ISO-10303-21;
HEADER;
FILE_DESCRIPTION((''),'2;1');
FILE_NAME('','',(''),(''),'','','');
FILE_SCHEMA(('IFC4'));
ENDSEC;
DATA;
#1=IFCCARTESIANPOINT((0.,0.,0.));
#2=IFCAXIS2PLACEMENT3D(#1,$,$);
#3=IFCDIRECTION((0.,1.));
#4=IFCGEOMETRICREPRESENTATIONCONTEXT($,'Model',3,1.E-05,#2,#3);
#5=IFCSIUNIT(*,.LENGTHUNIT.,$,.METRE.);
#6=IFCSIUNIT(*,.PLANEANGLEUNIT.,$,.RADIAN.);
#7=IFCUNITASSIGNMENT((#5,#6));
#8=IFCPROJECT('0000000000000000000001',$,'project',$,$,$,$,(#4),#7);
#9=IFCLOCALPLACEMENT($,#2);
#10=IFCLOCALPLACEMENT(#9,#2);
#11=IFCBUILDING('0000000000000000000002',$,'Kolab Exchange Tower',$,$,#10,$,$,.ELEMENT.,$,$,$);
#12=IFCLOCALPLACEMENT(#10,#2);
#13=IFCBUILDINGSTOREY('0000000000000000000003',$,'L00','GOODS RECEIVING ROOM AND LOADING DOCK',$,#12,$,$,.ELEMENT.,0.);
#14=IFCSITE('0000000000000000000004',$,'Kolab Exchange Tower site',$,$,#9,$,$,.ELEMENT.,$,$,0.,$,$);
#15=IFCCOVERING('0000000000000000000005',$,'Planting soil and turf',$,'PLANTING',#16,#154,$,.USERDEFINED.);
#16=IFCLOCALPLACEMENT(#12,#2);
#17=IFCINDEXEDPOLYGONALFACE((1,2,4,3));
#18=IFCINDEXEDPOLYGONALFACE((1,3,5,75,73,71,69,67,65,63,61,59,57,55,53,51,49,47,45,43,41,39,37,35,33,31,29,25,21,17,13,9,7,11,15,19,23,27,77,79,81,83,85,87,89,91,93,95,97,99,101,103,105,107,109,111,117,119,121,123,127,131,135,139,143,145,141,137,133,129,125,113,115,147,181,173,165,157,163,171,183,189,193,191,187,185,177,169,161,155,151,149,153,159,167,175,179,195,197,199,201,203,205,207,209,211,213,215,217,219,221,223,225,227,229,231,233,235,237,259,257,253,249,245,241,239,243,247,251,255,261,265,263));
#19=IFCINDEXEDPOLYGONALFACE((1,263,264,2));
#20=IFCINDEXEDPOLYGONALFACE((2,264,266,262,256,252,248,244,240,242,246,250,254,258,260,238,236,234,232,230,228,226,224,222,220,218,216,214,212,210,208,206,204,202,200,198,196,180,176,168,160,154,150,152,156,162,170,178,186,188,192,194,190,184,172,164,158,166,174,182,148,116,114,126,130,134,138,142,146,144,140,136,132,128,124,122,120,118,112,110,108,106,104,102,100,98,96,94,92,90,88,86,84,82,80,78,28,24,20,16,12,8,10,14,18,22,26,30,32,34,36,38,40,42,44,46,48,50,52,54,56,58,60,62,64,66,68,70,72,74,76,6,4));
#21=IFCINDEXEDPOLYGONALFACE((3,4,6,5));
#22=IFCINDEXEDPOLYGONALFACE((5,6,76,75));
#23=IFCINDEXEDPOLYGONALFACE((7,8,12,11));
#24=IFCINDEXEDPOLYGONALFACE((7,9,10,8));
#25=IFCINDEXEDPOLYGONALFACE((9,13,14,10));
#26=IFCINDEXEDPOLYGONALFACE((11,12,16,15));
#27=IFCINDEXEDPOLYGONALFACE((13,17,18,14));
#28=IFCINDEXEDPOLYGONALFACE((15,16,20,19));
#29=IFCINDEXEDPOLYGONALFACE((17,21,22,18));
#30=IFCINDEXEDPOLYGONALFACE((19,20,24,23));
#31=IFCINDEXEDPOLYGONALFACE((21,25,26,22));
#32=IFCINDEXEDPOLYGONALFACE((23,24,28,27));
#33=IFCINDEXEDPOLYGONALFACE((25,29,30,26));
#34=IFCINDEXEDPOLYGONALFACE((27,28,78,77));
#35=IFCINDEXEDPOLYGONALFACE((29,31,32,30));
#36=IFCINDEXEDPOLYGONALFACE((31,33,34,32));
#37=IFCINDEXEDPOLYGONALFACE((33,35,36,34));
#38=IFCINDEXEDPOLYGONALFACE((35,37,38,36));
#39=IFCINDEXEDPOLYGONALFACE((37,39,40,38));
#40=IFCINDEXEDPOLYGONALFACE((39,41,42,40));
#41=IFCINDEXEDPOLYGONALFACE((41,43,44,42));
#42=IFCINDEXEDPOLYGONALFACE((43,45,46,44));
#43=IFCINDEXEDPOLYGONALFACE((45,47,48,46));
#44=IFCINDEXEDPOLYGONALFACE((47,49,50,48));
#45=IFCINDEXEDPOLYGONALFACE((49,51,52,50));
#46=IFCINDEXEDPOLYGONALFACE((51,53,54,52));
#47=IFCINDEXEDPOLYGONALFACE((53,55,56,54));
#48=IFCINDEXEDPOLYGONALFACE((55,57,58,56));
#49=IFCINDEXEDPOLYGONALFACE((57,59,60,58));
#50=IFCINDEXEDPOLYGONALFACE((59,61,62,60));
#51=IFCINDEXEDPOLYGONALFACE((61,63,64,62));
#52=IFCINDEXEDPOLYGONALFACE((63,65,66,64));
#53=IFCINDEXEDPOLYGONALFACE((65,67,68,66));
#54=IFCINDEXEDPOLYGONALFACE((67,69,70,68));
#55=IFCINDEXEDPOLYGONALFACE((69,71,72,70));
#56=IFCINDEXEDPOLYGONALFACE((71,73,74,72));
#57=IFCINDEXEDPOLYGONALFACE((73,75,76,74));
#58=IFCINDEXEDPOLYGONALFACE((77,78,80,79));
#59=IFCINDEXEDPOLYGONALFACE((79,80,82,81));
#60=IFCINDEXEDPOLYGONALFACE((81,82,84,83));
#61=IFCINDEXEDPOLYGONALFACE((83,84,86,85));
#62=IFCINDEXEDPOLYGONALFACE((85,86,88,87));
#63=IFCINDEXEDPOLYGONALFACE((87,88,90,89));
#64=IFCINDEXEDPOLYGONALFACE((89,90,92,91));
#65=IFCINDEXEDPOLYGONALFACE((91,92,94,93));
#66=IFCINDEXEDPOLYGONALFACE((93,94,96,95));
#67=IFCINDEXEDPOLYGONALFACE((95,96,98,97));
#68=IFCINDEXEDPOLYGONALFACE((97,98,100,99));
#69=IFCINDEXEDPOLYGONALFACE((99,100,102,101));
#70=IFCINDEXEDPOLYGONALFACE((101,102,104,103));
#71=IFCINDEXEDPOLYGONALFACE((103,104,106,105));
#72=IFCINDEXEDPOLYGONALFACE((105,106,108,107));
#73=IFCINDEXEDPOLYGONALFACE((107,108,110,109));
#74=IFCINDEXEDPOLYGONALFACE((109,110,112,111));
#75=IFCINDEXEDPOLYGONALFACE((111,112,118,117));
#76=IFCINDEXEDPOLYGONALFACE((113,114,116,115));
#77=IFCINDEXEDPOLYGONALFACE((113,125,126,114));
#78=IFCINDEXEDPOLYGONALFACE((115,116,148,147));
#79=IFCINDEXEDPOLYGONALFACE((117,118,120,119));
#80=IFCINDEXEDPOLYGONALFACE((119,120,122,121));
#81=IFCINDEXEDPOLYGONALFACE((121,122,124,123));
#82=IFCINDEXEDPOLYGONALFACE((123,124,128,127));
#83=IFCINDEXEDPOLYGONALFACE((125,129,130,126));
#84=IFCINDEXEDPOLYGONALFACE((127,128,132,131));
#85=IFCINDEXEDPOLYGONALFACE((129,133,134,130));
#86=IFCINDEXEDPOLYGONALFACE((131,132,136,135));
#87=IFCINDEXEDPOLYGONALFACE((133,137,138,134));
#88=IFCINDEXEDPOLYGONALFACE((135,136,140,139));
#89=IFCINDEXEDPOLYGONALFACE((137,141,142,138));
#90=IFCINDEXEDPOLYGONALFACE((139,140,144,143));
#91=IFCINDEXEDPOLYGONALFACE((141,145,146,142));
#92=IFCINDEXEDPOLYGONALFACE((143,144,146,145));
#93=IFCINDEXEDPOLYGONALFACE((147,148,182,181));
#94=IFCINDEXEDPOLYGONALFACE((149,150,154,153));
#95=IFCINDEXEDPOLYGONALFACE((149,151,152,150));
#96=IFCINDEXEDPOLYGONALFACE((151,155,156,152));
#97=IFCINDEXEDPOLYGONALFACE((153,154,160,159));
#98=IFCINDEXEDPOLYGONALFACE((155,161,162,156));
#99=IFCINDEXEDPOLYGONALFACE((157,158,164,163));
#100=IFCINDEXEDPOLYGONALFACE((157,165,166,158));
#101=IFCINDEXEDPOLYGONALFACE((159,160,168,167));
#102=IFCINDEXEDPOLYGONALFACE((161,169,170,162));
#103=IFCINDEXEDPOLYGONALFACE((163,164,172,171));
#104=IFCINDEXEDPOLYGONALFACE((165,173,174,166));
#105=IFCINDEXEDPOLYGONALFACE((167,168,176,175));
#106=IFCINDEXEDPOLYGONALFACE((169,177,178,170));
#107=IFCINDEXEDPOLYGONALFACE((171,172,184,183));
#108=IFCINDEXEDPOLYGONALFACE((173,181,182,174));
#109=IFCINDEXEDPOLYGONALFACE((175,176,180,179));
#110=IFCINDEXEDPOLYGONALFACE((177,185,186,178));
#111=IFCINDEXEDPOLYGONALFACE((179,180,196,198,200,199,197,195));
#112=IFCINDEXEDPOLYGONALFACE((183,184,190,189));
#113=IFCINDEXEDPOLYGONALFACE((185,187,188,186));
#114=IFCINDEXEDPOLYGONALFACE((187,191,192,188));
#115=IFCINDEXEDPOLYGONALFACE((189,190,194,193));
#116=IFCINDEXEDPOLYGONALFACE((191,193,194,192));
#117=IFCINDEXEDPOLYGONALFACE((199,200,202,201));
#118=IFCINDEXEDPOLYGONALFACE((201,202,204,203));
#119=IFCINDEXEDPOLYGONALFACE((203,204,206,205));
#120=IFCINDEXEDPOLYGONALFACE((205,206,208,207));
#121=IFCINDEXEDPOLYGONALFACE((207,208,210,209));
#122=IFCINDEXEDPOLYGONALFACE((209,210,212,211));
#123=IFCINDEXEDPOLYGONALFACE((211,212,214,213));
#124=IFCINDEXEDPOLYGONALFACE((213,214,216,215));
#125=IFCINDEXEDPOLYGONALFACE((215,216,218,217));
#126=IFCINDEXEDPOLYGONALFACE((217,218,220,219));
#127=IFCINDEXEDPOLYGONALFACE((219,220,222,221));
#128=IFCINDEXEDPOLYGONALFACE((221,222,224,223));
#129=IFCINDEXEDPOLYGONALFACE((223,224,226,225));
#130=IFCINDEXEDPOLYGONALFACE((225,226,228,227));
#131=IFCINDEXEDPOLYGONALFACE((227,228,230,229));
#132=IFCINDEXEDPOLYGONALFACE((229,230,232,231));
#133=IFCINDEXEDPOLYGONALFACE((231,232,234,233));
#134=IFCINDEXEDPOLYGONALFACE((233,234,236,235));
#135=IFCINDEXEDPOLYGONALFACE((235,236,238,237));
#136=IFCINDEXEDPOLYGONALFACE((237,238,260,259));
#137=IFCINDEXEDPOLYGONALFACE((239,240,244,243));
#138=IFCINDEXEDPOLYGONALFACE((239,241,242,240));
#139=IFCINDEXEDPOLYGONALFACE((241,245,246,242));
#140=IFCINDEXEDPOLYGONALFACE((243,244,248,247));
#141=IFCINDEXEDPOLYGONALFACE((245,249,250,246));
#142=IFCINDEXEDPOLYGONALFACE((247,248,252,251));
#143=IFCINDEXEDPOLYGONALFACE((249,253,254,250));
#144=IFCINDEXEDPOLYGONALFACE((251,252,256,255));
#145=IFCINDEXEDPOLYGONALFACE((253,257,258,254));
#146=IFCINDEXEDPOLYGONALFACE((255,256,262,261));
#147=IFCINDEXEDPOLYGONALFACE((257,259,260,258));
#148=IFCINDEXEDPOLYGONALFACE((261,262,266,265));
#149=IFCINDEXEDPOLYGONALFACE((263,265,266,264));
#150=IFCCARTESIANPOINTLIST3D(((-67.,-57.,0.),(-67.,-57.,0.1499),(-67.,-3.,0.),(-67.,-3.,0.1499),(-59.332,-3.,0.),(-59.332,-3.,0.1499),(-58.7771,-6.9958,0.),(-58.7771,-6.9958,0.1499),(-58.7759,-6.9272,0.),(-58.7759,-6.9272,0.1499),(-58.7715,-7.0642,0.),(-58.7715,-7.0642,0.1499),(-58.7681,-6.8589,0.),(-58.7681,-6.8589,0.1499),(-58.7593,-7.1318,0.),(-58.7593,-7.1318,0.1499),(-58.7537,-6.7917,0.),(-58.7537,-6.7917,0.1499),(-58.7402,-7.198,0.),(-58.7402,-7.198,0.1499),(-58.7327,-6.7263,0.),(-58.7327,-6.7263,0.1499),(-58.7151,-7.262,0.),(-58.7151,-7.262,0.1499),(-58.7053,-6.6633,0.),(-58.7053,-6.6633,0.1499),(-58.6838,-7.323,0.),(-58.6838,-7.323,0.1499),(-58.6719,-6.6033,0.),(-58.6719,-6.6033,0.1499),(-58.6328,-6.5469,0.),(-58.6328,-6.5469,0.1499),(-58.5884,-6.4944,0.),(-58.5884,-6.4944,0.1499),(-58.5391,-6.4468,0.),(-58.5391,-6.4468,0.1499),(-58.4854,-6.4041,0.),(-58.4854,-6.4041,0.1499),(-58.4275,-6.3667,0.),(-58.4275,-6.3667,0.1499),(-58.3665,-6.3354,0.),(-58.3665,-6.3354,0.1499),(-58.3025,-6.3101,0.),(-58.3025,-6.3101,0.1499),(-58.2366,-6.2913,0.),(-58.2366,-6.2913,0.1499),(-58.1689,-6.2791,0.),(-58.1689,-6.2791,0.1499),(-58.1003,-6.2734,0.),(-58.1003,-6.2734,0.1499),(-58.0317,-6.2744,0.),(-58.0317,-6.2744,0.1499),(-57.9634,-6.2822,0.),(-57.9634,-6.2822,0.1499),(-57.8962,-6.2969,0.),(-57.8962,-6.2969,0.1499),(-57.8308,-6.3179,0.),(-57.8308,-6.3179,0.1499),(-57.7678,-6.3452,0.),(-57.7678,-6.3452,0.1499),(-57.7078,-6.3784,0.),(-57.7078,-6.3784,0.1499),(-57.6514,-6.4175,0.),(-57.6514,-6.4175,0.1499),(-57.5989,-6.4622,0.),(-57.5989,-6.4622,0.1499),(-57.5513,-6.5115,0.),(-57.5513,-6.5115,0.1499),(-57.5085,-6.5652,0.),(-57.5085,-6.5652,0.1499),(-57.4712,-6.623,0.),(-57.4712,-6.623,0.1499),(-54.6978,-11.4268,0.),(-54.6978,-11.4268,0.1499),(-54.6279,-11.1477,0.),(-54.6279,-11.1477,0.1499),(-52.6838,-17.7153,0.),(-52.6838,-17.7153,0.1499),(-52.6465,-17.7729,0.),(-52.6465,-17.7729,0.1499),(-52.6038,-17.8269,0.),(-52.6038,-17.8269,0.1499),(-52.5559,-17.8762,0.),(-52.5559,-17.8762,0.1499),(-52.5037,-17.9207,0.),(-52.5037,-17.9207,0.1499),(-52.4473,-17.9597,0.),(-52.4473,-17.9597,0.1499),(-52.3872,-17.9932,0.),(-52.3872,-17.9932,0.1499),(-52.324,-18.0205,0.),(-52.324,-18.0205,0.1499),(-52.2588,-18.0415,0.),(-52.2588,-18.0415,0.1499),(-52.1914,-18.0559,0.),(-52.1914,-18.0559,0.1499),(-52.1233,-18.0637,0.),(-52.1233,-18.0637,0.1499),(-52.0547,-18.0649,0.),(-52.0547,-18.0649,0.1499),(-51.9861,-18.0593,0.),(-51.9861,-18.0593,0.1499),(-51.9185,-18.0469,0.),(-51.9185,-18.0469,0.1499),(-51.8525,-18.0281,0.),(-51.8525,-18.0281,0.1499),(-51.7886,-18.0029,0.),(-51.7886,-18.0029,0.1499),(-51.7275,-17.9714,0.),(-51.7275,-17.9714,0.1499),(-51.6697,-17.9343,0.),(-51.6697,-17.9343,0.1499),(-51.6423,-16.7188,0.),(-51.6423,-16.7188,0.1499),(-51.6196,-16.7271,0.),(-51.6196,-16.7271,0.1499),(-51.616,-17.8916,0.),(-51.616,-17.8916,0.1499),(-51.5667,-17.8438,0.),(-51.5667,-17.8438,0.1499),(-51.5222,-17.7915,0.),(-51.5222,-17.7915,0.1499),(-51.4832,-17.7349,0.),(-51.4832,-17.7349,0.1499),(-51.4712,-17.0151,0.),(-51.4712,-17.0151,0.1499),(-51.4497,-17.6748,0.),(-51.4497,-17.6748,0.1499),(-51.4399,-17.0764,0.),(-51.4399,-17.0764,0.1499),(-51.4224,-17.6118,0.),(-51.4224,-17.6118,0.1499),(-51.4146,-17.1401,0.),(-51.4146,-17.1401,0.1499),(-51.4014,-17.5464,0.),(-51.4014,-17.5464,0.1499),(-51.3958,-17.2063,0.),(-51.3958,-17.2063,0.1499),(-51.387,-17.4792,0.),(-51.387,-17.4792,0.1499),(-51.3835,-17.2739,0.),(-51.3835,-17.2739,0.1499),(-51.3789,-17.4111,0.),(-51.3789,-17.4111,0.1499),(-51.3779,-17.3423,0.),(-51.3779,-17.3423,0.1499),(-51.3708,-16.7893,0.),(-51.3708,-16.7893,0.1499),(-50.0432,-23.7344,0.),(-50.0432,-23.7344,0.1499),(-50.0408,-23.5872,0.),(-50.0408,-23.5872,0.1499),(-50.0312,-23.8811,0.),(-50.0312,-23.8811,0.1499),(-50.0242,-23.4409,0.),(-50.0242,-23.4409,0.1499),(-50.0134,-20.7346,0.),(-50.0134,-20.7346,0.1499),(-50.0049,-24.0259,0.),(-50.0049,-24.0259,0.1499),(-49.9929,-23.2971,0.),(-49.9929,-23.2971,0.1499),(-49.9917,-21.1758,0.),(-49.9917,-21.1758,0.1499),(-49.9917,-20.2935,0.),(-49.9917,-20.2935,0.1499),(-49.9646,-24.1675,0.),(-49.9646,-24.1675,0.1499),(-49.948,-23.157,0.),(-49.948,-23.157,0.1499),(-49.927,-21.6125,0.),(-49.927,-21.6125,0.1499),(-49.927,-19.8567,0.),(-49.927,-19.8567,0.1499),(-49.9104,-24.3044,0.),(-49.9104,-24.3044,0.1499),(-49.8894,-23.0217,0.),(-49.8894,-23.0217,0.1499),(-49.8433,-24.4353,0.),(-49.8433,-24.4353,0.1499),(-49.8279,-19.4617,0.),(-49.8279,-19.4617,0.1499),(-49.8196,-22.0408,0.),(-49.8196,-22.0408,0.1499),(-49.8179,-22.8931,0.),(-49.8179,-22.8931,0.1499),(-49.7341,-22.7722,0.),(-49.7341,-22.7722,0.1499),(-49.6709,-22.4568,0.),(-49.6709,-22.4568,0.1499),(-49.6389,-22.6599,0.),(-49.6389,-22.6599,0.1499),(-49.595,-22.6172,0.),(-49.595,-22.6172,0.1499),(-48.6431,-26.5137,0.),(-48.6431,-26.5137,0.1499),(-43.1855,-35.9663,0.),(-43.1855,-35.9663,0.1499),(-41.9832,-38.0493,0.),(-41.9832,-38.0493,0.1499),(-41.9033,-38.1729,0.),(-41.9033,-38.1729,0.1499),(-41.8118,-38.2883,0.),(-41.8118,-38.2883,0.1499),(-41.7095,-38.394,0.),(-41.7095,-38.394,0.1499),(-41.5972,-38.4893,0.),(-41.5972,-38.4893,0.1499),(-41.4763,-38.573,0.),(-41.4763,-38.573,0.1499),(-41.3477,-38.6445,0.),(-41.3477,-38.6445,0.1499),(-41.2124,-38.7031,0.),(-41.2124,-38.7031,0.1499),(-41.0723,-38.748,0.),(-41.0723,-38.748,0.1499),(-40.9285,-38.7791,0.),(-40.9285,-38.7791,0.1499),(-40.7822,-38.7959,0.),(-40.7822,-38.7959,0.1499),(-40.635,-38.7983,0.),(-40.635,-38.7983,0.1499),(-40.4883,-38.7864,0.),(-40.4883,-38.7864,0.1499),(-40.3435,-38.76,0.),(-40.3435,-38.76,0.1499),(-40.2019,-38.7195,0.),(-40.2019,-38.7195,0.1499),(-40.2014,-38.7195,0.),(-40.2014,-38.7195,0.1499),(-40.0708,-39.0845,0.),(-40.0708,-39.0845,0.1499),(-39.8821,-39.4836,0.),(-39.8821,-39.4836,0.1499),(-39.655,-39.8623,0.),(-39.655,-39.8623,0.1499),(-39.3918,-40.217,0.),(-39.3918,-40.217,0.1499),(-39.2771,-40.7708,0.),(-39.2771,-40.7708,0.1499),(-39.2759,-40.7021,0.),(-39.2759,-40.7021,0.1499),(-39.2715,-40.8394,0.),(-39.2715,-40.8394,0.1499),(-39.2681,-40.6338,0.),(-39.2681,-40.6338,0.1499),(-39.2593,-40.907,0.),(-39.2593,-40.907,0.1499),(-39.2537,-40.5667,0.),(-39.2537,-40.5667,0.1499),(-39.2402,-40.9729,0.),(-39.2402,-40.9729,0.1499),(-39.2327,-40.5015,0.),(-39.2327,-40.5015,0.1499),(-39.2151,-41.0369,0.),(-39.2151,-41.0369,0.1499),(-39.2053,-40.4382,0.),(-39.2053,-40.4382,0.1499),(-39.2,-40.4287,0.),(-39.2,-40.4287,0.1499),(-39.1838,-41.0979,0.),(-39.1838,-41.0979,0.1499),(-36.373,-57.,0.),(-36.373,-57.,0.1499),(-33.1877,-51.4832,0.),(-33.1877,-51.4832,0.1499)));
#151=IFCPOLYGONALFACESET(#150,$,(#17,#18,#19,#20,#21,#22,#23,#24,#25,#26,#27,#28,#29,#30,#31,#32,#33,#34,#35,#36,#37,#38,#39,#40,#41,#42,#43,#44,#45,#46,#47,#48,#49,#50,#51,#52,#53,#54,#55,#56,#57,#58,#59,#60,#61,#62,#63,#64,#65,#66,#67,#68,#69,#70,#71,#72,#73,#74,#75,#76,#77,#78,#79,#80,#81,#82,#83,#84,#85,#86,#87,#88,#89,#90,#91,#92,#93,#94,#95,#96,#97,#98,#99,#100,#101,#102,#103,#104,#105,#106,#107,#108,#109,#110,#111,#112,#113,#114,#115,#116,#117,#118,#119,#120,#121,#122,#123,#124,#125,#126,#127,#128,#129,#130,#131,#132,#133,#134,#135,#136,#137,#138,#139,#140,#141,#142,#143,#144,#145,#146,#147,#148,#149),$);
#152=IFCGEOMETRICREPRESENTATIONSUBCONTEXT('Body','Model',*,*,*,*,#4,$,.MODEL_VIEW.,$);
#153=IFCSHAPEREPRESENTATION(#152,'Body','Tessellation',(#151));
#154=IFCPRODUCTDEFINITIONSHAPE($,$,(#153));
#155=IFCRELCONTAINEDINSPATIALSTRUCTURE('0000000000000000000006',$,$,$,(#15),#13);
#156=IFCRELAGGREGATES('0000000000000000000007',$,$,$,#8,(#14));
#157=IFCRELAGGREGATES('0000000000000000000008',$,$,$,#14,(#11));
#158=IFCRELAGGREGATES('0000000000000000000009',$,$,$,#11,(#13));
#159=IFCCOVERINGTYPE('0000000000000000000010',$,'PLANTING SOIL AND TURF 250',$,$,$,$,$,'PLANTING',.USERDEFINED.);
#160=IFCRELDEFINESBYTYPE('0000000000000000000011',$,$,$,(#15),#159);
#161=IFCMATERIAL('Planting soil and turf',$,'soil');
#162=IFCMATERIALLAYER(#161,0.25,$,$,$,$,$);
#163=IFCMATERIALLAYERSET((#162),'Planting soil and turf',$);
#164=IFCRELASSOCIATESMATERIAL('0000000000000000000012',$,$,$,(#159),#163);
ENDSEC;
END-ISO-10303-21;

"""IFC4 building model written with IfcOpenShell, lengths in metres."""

from ifc_helpers import new_model, si_unit, direction, origin, place, context, subcontext, project, spatial, polyline, outline, extrude, material, layer, layer_set, type_object, element, save


model = new_model("IFC4")

# Units and contexts
model_context = context("Model", 3, precision=1e-05, world=origin(), true_north=direction((0.0, 1.0)))
body_context = subcontext(model_context, "Body", "Model", "MODEL_VIEW")
ifc_project = project(units=[si_unit("LENGTHUNIT", "METRE"), si_unit("PLANEANGLEUNIT", "RADIAN")], contexts=[model_context])

# Site, building, storey
site_placement = place(None, origin())
site = spatial("IfcSite", under=ifc_project, at=site_placement, Name="Kolab Exchange Tower site", CompositionType="ELEMENT", RefElevation=0.0)
building_placement = place(site_placement, origin())
building = spatial("IfcBuilding", under=site, at=building_placement, Name="Kolab Exchange Tower", CompositionType="ELEMENT")
storey_placement = place(building_placement, origin())
storey = spatial("IfcBuildingStorey", under=building, at=storey_placement, Name="L00", Description="GOODS RECEIVING ROOM AND LOADING DOCK", CompositionType="ELEMENT", Elevation=0.0)

# Covering
ifc_material_1 = material(Name="Planting soil and turf", Category="soil")
ifc_layer_1 = layer(ifc_material_1, 0.25)
ifc_layer_set_1 = layer_set([ifc_layer_1], Name="Planting soil and turf")
covering_type_1 = type_object("IfcCoveringType", Name="PLANTING SOIL AND TURF 250", ElementType="PLANTING", PredefinedType="USERDEFINED", material=ifc_layer_set_1)
covering_1_placement = place(storey_placement, origin())
element("IfcCovering", 1, at=covering_1_placement, inside=storey, type_object=covering_type_1, Name="Planting soil and turf", ObjectType="PLANTING", PredefinedType="USERDEFINED", context=body_context, shape_type="SweptSolid", body=[
    extrude(outline(polyline([(-67.0, -3.0), (-59.332, -3.0), (-54.6279, -11.1477), (-54.6978, -11.4268), (-57.4712, -6.623), (-57.5085, -6.5652), (-57.5513, -6.5115), (-57.5989, -6.4622), (-57.6514, -6.4175), (-57.7078, -6.3784), (-57.7678, -6.3452), (-57.8308, -6.3179), (-57.8962, -6.2969), (-57.9634, -6.2822), (-58.0317, -6.2744), (-58.1003, -6.2734), (-58.1689, -6.2791), (-58.2366, -6.2913), (-58.3025, -6.3101), (-58.3665, -6.3354), (-58.4275, -6.3667), (-58.4854, -6.4041), (-58.5391, -6.4468), (-58.5884, -6.4944), (-58.6328, -6.5469), (-58.6719, -6.6033), (-58.7053, -6.6633), (-58.7327, -6.7263), (-58.7537, -6.7917), (-58.7681, -6.8589), (-58.7759, -6.9272), (-58.7771, -6.9958), (-58.7715, -7.0642), (-58.7593, -7.1318), (-58.7402, -7.198), (-58.7151, -7.262), (-58.6838, -7.323), (-52.6838, -17.7153), (-52.6465, -17.7729), (-52.6038, -17.8269), (-52.5559, -17.8762), (-52.5037, -17.9207), (-52.4473, -17.9597), (-52.3872, -17.9932), (-52.324, -18.0205), (-52.2588, -18.0415), (-52.1914, -18.0559), (-52.1233, -18.0637), (-52.0547, -18.0649), (-51.9861, -18.0593), (-51.9185, -18.0469), (-51.8525, -18.0281), (-51.7886, -18.0029), (-51.7275, -17.9714), (-51.6697, -17.9343), (-51.616, -17.8916), (-51.5667, -17.8438), (-51.5222, -17.7915), (-51.4832, -17.7349), (-51.4497, -17.6748), (-51.4224, -17.6118), (-51.4014, -17.5464), (-51.387, -17.4792), (-51.3789, -17.4111), (-51.3779, -17.3423), (-51.3835, -17.2739), (-51.3958, -17.2063), (-51.4146, -17.1401), (-51.4399, -17.0764), (-51.4712, -17.0151), (-51.6423, -16.7188), (-51.6196, -16.7271), (-51.3708, -16.7893), (-49.8279, -19.4617), (-49.927, -19.8567), (-49.9917, -20.2935), (-50.0134, -20.7346), (-49.9917, -21.1758), (-49.927, -21.6125), (-49.8196, -22.0408), (-49.6709, -22.4568), (-49.595, -22.6172), (-49.6389, -22.6599), (-49.7341, -22.7722), (-49.8179, -22.8931), (-49.8894, -23.0217), (-49.948, -23.157), (-49.9929, -23.2971), (-50.0242, -23.4409), (-50.0408, -23.5872), (-50.0432, -23.7344), (-50.0312, -23.8811), (-50.0049, -24.0259), (-49.9646, -24.1675), (-49.9104, -24.3044), (-49.8433, -24.4353), (-48.6431, -26.5137), (-48.6431, -26.5137), (-48.6431, -26.5137), (-43.1855, -35.9663), (-43.1855, -35.9663), (-41.9832, -38.0493), (-41.9033, -38.1729), (-41.8118, -38.2883), (-41.7095, -38.394), (-41.5972, -38.4893), (-41.4763, -38.573), (-41.3477, -38.6445), (-41.2124, -38.7031), (-41.0723, -38.748), (-40.9285, -38.7791), (-40.7822, -38.7959), (-40.635, -38.7983), (-40.4883, -38.7864), (-40.3435, -38.76), (-40.2019, -38.7195), (-40.2014, -38.7195), (-40.0708, -39.0845), (-39.8821, -39.4836), (-39.655, -39.8623), (-39.3918, -40.217), (-39.2, -40.4287), (-39.2053, -40.4382), (-39.2327, -40.5015), (-39.2537, -40.5667), (-39.2681, -40.6338), (-39.2759, -40.7021), (-39.2771, -40.7708), (-39.2715, -40.8394), (-39.2593, -40.907), (-39.2402, -40.9729), (-39.2151, -41.0369), (-39.1838, -41.0979), (-33.1877, -51.4832), (-36.373, -57.0), (-67.0, -57.0), (-67.0, -3.0)])), origin(), (0.0, 0.0, 1.0), 0.1499),
])

save(model, "model.ifc")
